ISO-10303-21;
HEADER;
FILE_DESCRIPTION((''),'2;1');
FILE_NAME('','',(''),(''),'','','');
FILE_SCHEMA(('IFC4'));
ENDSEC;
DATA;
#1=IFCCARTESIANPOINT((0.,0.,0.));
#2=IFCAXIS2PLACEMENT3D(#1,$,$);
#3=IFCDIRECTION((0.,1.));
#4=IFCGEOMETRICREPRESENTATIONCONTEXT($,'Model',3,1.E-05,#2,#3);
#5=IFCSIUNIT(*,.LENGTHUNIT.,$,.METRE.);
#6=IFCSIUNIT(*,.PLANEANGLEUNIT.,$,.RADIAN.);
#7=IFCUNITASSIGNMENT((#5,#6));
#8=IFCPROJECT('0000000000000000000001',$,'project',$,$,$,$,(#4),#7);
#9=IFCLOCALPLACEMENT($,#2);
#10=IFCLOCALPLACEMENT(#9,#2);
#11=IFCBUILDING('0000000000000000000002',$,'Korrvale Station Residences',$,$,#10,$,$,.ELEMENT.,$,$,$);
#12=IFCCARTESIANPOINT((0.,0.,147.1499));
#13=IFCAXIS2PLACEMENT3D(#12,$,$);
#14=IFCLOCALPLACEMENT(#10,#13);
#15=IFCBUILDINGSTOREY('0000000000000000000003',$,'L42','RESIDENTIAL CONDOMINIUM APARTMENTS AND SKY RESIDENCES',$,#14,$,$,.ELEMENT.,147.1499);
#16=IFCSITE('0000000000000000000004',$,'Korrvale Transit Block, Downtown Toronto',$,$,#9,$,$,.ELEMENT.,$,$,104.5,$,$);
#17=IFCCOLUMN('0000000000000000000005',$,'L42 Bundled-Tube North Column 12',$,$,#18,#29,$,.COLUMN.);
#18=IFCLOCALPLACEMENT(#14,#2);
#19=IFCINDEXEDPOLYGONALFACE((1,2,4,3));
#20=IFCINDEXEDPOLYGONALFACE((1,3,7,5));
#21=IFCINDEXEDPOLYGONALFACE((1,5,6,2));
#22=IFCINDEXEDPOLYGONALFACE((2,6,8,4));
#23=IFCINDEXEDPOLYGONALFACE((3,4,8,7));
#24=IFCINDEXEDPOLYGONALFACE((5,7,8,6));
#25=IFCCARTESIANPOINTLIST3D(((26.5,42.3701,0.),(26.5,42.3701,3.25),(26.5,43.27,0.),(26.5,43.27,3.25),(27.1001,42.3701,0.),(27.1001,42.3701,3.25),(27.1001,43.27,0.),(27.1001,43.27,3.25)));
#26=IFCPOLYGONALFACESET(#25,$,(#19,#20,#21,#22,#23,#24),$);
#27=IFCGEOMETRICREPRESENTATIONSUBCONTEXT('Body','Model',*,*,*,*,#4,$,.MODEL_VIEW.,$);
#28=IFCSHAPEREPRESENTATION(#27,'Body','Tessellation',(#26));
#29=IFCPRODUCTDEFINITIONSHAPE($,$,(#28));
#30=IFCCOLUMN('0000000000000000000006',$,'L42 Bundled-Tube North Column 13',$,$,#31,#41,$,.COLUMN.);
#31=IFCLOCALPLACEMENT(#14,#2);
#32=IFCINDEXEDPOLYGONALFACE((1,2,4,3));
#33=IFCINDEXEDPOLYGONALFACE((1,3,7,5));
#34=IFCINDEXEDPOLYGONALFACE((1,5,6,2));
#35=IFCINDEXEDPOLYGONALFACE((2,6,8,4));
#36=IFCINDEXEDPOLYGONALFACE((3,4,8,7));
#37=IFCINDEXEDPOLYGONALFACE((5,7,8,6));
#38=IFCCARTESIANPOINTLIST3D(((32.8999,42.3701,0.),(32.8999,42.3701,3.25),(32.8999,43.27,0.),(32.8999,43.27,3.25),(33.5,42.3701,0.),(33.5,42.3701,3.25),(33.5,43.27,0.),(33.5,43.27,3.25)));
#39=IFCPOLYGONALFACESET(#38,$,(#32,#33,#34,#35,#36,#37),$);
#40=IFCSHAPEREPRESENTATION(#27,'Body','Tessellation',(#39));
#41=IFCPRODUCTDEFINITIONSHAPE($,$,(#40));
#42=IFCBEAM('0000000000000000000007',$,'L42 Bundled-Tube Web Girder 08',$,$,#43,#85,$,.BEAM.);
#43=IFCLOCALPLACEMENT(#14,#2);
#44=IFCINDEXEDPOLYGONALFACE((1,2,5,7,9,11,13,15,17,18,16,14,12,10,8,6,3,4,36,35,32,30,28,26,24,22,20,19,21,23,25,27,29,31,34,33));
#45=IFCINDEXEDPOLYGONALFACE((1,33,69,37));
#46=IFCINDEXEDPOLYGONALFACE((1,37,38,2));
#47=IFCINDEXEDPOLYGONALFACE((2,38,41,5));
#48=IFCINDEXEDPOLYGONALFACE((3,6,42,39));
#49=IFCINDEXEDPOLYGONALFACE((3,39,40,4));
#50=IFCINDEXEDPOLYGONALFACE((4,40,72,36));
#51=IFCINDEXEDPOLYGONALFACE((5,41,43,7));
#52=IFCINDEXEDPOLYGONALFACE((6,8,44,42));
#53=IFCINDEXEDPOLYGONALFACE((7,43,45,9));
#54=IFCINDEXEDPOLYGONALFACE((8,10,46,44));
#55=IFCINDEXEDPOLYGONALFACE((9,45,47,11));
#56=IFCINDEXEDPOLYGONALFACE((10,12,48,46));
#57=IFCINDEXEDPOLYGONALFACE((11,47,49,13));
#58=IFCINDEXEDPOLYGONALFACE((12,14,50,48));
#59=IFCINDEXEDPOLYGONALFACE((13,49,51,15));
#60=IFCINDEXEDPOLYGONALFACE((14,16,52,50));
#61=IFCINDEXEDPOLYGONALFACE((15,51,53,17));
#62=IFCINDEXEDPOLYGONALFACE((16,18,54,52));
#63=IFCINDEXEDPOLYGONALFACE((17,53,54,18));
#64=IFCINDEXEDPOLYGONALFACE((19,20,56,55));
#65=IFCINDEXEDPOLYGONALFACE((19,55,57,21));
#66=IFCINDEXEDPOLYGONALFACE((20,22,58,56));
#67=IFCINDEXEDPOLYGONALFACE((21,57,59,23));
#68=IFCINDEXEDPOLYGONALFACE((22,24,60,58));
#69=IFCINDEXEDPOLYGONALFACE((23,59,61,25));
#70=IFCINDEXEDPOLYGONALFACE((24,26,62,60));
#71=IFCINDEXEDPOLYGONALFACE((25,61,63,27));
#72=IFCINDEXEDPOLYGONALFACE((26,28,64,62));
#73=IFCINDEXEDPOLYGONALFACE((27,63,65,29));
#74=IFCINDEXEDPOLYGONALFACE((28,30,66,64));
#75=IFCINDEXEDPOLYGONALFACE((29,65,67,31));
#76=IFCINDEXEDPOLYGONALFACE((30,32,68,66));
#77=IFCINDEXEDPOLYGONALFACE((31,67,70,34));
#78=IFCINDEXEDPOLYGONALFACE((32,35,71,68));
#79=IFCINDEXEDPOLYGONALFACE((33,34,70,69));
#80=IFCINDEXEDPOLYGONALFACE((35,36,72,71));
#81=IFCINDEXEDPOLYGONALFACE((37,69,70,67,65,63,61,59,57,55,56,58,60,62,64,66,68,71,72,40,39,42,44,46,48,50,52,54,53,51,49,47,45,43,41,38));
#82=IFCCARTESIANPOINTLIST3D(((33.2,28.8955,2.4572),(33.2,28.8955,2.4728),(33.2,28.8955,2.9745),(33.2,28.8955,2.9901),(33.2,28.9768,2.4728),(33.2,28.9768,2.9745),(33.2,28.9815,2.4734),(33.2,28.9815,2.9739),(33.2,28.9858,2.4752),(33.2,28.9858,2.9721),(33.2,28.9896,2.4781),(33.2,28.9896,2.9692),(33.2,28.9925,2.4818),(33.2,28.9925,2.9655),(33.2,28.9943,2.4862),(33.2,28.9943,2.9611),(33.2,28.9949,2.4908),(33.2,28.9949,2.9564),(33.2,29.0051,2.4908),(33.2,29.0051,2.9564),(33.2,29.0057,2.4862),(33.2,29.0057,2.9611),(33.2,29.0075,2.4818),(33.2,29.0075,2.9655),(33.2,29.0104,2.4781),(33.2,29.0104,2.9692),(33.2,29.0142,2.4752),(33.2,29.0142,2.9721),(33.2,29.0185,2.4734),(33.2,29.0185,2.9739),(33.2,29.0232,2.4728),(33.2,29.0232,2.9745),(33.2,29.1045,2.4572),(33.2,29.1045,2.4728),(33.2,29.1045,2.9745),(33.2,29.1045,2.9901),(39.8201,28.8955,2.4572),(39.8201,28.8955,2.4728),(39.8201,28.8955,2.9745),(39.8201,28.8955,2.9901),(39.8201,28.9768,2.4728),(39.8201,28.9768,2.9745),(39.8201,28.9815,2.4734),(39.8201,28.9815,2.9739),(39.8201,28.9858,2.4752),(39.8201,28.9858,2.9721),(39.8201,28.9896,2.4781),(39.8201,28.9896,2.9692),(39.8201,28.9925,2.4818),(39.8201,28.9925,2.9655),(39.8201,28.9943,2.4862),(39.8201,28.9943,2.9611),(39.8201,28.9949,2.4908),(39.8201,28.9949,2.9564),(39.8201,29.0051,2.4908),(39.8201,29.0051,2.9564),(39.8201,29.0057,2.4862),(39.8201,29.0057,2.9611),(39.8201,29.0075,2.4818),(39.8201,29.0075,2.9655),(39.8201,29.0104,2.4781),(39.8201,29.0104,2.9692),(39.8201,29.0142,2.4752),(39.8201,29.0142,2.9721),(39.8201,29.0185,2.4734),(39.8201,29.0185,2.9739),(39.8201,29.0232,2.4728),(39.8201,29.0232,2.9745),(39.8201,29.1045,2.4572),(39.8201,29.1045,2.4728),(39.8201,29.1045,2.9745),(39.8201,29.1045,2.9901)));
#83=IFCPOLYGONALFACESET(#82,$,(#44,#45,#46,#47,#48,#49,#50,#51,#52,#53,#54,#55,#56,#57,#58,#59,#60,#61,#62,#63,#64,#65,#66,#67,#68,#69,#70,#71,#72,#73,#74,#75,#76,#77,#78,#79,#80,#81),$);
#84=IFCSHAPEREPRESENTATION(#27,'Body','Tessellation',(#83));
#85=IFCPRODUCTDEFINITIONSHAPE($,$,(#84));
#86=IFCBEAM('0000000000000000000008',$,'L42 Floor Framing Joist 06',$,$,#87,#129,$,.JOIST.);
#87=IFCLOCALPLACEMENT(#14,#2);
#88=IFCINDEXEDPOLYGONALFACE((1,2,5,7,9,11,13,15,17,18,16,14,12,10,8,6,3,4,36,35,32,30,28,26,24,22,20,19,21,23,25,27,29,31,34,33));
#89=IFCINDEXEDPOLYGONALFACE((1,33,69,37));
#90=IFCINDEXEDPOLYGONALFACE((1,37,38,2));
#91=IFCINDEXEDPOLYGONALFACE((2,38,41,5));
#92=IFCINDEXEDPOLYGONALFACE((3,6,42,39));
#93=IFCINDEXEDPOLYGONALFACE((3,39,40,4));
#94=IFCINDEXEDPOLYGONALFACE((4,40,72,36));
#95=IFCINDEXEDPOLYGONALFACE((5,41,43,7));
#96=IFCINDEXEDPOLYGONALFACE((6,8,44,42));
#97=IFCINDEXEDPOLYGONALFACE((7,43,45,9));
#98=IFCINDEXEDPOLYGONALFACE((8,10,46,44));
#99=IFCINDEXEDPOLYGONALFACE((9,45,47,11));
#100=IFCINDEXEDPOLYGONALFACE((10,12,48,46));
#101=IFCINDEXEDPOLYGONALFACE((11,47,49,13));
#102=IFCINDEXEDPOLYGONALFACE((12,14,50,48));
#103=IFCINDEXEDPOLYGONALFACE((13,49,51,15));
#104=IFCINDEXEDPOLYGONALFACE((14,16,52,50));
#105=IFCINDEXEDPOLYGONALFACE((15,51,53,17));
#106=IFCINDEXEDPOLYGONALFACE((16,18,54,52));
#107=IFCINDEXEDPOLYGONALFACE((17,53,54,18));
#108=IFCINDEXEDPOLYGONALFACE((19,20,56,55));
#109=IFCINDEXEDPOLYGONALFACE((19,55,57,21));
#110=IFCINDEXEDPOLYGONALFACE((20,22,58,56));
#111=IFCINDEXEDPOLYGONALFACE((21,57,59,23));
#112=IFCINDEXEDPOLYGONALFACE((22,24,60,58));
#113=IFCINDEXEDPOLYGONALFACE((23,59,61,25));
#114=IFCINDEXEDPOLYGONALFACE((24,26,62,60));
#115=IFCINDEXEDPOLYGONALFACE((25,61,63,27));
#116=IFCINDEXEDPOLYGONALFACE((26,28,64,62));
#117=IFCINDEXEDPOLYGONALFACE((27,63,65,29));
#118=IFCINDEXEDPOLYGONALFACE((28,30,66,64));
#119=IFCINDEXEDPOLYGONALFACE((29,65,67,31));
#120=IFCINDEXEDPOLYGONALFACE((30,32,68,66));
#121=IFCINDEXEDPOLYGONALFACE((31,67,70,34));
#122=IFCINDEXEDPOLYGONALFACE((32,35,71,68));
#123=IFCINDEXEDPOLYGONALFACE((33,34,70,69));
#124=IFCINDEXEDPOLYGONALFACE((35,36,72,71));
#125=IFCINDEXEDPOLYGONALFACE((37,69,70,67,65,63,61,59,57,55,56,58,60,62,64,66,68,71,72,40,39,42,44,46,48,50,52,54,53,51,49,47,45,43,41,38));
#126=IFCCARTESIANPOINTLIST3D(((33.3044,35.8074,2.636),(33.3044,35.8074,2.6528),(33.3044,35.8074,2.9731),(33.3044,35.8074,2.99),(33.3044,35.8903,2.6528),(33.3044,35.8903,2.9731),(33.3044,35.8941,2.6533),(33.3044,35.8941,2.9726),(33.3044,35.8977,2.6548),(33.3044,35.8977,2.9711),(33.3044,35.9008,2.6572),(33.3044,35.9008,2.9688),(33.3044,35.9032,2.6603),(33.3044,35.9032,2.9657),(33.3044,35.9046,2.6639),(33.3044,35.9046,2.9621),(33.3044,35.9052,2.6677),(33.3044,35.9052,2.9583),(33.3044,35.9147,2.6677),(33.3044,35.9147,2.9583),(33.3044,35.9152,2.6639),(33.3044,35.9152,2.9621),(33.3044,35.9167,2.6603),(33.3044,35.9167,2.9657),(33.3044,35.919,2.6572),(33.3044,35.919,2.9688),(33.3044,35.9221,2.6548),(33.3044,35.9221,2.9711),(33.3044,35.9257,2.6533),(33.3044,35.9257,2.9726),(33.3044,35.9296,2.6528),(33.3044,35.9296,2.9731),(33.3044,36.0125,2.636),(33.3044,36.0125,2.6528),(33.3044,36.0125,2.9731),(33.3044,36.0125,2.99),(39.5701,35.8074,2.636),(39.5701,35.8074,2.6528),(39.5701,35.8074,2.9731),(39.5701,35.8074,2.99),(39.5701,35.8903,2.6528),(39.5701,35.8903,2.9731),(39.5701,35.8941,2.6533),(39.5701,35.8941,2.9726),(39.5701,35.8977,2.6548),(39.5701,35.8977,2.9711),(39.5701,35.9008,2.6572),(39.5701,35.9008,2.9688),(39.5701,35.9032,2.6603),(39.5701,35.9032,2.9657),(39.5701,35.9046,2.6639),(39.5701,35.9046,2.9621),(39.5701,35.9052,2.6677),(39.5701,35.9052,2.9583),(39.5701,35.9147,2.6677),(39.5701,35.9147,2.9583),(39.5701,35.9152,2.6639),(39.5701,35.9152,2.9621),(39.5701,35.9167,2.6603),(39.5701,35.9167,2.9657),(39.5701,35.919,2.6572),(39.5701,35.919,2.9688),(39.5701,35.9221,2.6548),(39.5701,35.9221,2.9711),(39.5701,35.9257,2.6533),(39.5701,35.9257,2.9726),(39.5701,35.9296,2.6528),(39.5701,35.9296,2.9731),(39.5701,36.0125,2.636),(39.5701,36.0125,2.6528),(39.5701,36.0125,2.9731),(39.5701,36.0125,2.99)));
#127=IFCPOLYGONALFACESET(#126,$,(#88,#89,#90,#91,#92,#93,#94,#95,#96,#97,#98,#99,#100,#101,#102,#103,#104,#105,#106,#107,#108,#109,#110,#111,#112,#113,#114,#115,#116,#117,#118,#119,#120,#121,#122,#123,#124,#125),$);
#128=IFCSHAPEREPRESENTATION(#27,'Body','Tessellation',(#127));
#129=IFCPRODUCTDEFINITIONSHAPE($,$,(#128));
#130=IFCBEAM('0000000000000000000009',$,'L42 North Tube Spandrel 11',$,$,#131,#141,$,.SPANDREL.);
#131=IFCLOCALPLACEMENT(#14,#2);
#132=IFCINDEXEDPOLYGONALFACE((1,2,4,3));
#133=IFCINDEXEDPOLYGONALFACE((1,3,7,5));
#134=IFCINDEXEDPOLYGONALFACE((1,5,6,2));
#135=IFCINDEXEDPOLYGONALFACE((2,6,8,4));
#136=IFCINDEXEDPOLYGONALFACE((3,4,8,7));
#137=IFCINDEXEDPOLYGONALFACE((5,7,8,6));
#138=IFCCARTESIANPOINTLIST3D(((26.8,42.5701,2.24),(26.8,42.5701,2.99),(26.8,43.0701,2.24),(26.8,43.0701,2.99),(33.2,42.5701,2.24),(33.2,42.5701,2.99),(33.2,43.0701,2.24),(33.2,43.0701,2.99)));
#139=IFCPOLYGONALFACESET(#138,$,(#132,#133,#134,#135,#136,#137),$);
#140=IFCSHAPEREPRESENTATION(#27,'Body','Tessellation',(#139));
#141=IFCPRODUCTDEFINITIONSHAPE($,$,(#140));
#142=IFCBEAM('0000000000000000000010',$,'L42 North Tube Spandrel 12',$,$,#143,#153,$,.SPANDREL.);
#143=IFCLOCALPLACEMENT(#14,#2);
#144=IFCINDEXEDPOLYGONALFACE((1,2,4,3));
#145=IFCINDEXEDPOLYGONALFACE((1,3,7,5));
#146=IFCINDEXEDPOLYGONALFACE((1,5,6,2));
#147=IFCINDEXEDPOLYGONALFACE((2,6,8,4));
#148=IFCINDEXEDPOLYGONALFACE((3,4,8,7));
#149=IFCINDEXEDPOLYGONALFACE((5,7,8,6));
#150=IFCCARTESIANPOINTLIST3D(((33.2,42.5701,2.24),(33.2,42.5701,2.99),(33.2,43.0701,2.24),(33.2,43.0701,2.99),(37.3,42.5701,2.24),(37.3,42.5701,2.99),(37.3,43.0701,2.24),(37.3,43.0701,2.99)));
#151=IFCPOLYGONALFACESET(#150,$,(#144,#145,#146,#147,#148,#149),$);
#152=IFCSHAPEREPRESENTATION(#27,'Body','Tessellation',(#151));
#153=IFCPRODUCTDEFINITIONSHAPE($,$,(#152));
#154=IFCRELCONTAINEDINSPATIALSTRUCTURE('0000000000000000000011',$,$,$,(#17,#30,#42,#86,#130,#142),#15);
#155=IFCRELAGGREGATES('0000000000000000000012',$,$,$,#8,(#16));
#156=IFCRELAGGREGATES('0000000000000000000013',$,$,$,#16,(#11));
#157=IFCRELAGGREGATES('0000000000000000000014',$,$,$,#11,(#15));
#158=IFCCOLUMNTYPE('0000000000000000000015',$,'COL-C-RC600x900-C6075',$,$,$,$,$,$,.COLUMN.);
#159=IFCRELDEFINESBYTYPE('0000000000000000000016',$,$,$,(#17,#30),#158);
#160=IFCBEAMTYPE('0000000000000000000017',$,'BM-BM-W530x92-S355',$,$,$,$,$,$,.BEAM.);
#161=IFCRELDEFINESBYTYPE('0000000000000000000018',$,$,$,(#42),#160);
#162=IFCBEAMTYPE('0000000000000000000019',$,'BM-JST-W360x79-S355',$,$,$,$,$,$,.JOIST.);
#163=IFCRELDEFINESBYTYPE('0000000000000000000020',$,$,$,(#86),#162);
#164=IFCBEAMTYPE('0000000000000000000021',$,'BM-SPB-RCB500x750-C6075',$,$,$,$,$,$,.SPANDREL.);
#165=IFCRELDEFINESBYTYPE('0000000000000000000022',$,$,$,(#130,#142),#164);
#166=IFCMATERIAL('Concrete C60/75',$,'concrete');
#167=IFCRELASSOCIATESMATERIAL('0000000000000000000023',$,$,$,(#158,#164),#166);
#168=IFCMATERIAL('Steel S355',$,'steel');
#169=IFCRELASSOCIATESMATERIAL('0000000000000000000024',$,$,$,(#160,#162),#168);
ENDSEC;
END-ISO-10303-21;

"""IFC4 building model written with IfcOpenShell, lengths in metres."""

from ifc_helpers import new_model, si_unit, direction, frame, origin, origin_2d, place, context, subcontext, project, spatial, rectangle, i_section, extrude, material, material_profile, profile_set, type_object, element, save


model = new_model("IFC4")

# Units and contexts
model_context = context("Model", 3, precision=1e-05, world=origin(), true_north=direction((0.0, 1.0)))
body_context = subcontext(model_context, "Body", "Model", "MODEL_VIEW")
ifc_project = project(units=[si_unit("LENGTHUNIT", "METRE"), si_unit("PLANEANGLEUNIT", "RADIAN")], contexts=[model_context])

# Site, building, storey
site_placement = place(None, origin())
site = spatial("IfcSite", under=ifc_project, at=site_placement, Name="Korrvale Transit Block, Downtown Toronto", CompositionType="ELEMENT", RefElevation=104.5)
building_placement = place(site_placement, origin())
building = spatial("IfcBuilding", under=site, at=building_placement, Name="Korrvale Station Residences", CompositionType="ELEMENT")
storey_placement = place(building_placement, frame((0.0, 0.0, 147.1499)))
storey = spatial("IfcBuildingStorey", under=building, at=storey_placement, Name="L42", Description="RESIDENTIAL CONDOMINIUM APARTMENTS AND SKY RESIDENCES", CompositionType="ELEMENT", Elevation=147.1499)

# Columns
ifc_material_1 = material(Name="Concrete C60/75", Category="concrete")
ifc_material_profile_1 = material_profile(ifc_material_1, rectangle(XDim=0.6001, YDim=0.8999, at=origin_2d()), Name="RC600x900")
ifc_profile_set_1 = profile_set([ifc_material_profile_1], Name="Concrete C60/75")
column_type = type_object("IfcColumnType", Name="COL-C-RC600x900-C6075", PredefinedType="COLUMN", material=ifc_profile_set_1)
for number, where, z_axis, x_axis, name in (
    (1, (26.8, 42.8201, 0.0), (0.0, 0.0, 1.0), (1.0, 0.0, 0.0), "L42 Bundled-Tube North Column 12"),
    (2, (33.2, 42.8201, 0.0), (0.0, 0.0, 1.0), (1.0, 0.0, 0.0), "L42 Bundled-Tube North Column 13"),
):
    element("IfcColumn", number, at=place(storey_placement, frame(where, z_axis=z_axis, x_axis=x_axis)), inside=storey, type_object=column_type, Name=name, PredefinedType="COLUMN", context=body_context, shape_type="SweptSolid", body=[
        extrude(rectangle(XDim=0.6001, YDim=0.8999, at=origin_2d()), origin(), (0.0, 0.0, 1.0), 3.25),
    ])

# Beams
ifc_material_2 = material(Name="Steel S355", Category="steel")
ifc_material_profile_2 = material_profile(ifc_material_2, i_section(OverallWidth=0.209, OverallDepth=0.533, WebThickness=0.0103, FlangeThickness=0.0156, FilletRadius=0.0181, at=origin_2d()), Name="W530x92")
ifc_profile_set_2 = profile_set([ifc_material_profile_2], Name="Steel S355")
beam_type_1 = type_object("IfcBeamType", Name="BM-BM-W530x92-S355", PredefinedType="BEAM", material=ifc_profile_set_2)
beam_1_placement = place(storey_placement, frame((33.2, 29.0, 2.7236), z_axis=(1.0, 0.0, 0.0), x_axis=(0.0, 1.0, 0.0)))
element("IfcBeam", 3, at=beam_1_placement, inside=storey, type_object=beam_type_1, Name="L42 Bundled-Tube Web Girder 08", PredefinedType="BEAM", context=body_context, shape_type="SweptSolid", body=[
    extrude(i_section(OverallWidth=0.209, OverallDepth=0.533, WebThickness=0.0103, FlangeThickness=0.0156, FilletRadius=0.0181, at=origin_2d()), origin(), (0.0, 0.0, 1.0), 6.6201),
])
ifc_material_profile_3 = material_profile(ifc_material_2, i_section(OverallWidth=0.2051, OverallDepth=0.354, WebThickness=0.0095, FlangeThickness=0.0168, FilletRadius=0.0149, at=origin_2d()), Name="W360x79")
ifc_profile_set_3 = profile_set([ifc_material_profile_3], Name="Steel S355")
beam_type_2 = type_object("IfcBeamType", Name="BM-JST-W360x79-S355", PredefinedType="JOIST", material=ifc_profile_set_3)
beam_2_placement = place(storey_placement, frame((33.3044, 35.9099, 2.813), z_axis=(1.0, 0.0, 0.0), x_axis=(0.0, 1.0, 0.0)))
element("IfcBeam", 4, at=beam_2_placement, inside=storey, type_object=beam_type_2, Name="L42 Floor Framing Joist 06", PredefinedType="JOIST", context=body_context, shape_type="SweptSolid", body=[
    extrude(i_section(OverallWidth=0.2051, OverallDepth=0.354, WebThickness=0.0095, FlangeThickness=0.0168, FilletRadius=0.0149, at=origin_2d()), origin(), (0.0, 0.0, 1.0), 6.2656),
])
ifc_material_profile_4 = material_profile(ifc_material_1, rectangle(XDim=0.5, YDim=0.75, at=origin_2d()), Name="RCB500x750")
ifc_profile_set_4 = profile_set([ifc_material_profile_4], Name="Concrete C60/75")
beam_type_3 = type_object("IfcBeamType", Name="BM-SPB-RCB500x750-C6075", PredefinedType="SPANDREL", material=ifc_profile_set_4)
beam_3_placement = place(storey_placement, frame((26.8, 42.8201, 2.615), z_axis=(1.0, 0.0, 0.0), x_axis=(0.0, 1.0, 0.0)))
element("IfcBeam", 5, at=beam_3_placement, inside=storey, type_object=beam_type_3, Name="L42 North Tube Spandrel 11", PredefinedType="SPANDREL", context=body_context, shape_type="SweptSolid", body=[
    extrude(rectangle(XDim=0.5, YDim=0.75, at=origin_2d()), origin(), (0.0, 0.0, 1.0), 6.3999),
])
beam_4_placement = place(storey_placement, frame((33.2, 42.8201, 2.615), z_axis=(1.0, 0.0, 0.0), x_axis=(0.0, 1.0, 0.0)))
element("IfcBeam", 6, at=beam_4_placement, inside=storey, type_object=beam_type_3, Name="L42 North Tube Spandrel 12", PredefinedType="SPANDREL", context=body_context, shape_type="SweptSolid", body=[
    extrude(rectangle(XDim=0.5, YDim=0.75, at=origin_2d()), origin(), (0.0, 0.0, 1.0), 4.1001),
])

save(model, "model.ifc")
